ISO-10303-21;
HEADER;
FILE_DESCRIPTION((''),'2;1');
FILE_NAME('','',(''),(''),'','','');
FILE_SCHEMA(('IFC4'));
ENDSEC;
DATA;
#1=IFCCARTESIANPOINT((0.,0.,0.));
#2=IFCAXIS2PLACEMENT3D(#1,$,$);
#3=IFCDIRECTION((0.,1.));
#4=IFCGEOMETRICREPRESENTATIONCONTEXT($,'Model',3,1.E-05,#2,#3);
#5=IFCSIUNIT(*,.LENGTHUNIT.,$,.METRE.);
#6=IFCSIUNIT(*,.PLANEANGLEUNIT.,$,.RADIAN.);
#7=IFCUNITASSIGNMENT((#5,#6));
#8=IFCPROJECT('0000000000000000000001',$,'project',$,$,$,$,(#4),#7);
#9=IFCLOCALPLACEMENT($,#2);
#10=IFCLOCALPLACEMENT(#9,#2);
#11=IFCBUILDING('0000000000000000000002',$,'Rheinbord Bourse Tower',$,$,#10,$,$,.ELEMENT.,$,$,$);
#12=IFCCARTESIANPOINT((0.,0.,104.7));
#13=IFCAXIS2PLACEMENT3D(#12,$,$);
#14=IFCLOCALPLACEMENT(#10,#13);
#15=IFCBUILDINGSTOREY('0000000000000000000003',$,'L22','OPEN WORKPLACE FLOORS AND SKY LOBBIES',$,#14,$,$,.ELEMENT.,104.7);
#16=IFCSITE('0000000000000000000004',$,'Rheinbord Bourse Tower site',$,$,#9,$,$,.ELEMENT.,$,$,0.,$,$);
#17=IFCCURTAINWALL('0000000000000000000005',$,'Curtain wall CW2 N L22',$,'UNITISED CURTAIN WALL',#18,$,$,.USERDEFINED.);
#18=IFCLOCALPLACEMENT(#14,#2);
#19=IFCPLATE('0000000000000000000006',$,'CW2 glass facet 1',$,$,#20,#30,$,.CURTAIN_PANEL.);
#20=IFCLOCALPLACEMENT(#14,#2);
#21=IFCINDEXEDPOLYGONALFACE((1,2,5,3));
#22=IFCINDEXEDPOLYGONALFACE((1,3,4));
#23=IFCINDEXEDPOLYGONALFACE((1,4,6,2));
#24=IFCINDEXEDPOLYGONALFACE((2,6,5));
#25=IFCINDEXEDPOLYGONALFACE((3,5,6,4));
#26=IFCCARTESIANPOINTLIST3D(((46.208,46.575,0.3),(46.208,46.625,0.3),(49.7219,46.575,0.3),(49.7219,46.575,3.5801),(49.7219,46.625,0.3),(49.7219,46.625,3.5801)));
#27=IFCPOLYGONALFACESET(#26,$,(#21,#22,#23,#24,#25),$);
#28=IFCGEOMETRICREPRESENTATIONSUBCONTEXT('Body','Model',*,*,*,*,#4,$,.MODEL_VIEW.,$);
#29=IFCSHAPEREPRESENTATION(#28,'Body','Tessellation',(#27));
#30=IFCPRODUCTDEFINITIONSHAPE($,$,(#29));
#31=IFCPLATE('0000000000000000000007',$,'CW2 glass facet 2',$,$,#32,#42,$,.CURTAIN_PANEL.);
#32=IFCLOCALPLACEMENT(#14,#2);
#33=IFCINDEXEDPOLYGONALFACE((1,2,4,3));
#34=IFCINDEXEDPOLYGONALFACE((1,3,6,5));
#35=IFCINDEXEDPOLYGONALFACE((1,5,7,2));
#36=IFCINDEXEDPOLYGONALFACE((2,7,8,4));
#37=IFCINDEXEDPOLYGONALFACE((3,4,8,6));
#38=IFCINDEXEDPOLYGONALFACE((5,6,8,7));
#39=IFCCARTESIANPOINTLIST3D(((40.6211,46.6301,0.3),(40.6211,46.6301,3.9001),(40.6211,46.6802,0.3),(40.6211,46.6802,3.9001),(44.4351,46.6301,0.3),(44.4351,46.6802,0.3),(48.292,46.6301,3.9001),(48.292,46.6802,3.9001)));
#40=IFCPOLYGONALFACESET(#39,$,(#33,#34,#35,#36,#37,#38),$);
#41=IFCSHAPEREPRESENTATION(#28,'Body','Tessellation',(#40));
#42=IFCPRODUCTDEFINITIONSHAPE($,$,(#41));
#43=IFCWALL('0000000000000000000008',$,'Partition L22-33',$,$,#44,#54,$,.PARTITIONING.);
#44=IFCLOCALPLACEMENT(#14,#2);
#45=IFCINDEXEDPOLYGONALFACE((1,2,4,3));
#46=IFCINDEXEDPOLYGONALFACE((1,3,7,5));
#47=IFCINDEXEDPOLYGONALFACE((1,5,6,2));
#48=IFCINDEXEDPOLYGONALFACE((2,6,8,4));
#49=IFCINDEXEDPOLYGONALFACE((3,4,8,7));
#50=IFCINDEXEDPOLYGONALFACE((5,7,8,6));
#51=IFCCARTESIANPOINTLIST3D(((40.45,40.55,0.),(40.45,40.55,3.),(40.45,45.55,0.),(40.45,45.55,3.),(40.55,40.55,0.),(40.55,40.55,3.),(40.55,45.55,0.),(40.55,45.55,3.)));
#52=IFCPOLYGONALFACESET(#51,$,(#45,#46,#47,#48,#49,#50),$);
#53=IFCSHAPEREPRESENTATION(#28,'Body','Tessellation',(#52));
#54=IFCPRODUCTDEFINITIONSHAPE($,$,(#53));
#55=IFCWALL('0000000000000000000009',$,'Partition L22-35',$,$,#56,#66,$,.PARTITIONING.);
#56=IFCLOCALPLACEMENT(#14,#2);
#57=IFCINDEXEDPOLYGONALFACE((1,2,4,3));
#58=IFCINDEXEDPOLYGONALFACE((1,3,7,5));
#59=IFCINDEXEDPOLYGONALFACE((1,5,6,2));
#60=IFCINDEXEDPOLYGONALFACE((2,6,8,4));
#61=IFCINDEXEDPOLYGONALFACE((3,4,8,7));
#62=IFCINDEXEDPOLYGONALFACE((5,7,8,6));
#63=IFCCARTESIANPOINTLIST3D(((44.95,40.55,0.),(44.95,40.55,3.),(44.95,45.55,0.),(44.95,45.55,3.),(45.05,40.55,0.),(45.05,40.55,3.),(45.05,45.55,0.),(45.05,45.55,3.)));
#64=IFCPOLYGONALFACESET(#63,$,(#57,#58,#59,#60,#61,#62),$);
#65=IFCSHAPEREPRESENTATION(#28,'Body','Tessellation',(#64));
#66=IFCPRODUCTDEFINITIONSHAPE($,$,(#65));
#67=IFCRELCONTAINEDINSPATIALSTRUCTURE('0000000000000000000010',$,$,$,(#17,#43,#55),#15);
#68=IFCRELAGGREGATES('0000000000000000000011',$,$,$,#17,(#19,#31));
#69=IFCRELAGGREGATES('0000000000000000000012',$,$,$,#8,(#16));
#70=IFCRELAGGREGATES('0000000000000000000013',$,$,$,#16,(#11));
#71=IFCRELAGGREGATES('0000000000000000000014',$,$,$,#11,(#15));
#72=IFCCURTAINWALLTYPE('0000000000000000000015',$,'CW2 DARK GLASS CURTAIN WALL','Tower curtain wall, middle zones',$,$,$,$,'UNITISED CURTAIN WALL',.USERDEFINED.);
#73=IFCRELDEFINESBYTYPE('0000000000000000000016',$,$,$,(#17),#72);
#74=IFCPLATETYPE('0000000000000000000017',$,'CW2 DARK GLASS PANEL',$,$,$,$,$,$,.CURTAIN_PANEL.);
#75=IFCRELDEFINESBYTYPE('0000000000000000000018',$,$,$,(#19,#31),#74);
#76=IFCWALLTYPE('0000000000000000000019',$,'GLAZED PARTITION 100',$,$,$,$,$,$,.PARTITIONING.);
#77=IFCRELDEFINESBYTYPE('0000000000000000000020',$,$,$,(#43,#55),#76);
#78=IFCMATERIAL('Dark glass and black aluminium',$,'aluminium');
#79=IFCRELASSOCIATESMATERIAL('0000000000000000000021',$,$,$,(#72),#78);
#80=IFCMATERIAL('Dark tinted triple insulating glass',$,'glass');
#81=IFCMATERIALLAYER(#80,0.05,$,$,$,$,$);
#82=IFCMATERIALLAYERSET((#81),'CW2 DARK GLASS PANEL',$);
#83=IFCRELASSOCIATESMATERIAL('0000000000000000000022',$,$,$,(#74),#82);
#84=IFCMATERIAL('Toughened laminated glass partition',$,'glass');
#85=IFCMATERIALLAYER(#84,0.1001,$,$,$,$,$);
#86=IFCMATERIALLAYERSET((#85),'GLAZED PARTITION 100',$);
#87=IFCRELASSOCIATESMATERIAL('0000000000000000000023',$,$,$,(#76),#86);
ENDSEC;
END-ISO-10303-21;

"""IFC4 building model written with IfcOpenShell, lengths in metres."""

from ifc_helpers import new_model, si_unit, direction, frame, frame_2d, origin, place, context, subcontext, project, spatial, polyline, rectangle, outline, extrude, material, layer, layer_set, type_object, element, aggregate, save


model = new_model("IFC4")

# Units and contexts
model_context = context("Model", 3, precision=1e-05, world=origin(), true_north=direction((0.0, 1.0)))
body_context = subcontext(model_context, "Body", "Model", "MODEL_VIEW")
ifc_project = project(units=[si_unit("LENGTHUNIT", "METRE"), si_unit("PLANEANGLEUNIT", "RADIAN")], contexts=[model_context])

# Site, building, storey
site_placement = place(None, origin())
site = spatial("IfcSite", under=ifc_project, at=site_placement, Name="Rheinbord Bourse Tower site", CompositionType="ELEMENT", RefElevation=0.0)
building_placement = place(site_placement, origin())
building = spatial("IfcBuilding", under=site, at=building_placement, Name="Rheinbord Bourse Tower", CompositionType="ELEMENT")
storey_placement = place(building_placement, frame((0.0, 0.0, 104.7)))
storey = spatial("IfcBuildingStorey", under=building, at=storey_placement, Name="L22", Description="OPEN WORKPLACE FLOORS AND SKY LOBBIES", CompositionType="ELEMENT", Elevation=104.7)

# Curtain wall
ifc_material_1 = material(Name="Dark glass and black aluminium", Category="aluminium")
curtain_wall_type = type_object("IfcCurtainWallType", Name="CW2 DARK GLASS CURTAIN WALL", Description="Tower curtain wall, middle zones", ElementType="UNITISED CURTAIN WALL", PredefinedType="USERDEFINED", material=ifc_material_1)
curtain_wall_placement = place(storey_placement, origin())
curtain_wall = element("IfcCurtainWall", 1, at=curtain_wall_placement, inside=storey, type_object=curtain_wall_type, Name="Curtain wall CW2 N L22", ObjectType="UNITISED CURTAIN WALL", PredefinedType="USERDEFINED")

# Plates
ifc_material_2 = material(Name="Dark tinted triple insulating glass", Category="glass")
ifc_layer_1 = layer(ifc_material_2, 0.05)
ifc_layer_set_1 = layer_set([ifc_layer_1], Name="CW2 DARK GLASS PANEL")
plate_type = type_object("IfcPlateType", Name="CW2 DARK GLASS PANEL", PredefinedType="CURTAIN_PANEL", material=ifc_layer_set_1)
plate_1_placement = place(storey_placement, frame((49.7219, 46.625, 0.3), z_axis=(0.0, -1.0, 0.0), x_axis=(0.0, 0.0, 1.0)))
plate_1 = element("IfcPlate", 2, at=plate_1_placement, type_object=plate_type, Name="CW2 glass facet 1", PredefinedType="CURTAIN_PANEL", context=body_context, shape_type="SweptSolid", body=[
    extrude(outline(polyline([(0.0, 0.0), (3.28, 0.0), (0.0, 3.5139), (0.0, 0.0)])), origin(), (0.0, 0.0, 1.0), 0.05),
])
plate_2_placement = place(storey_placement, frame((40.6211, 46.6802, 3.9001), z_axis=(0.0, -1.0, 0.0), x_axis=(0.0, 0.0, -1.0)))
plate_2 = element("IfcPlate", 3, at=plate_2_placement, type_object=plate_type, Name="CW2 glass facet 2", PredefinedType="CURTAIN_PANEL", context=body_context, shape_type="SweptSolid", body=[
    extrude(outline(polyline([(0.0, 0.0), (3.6001, 0.0), (3.6001, 3.814), (0.0, 7.6709), (0.0, 0.0)])), origin(), (0.0, 0.0, 1.0), 0.05),
])
aggregate(curtain_wall, [plate_1, plate_2])

# Walls
ifc_material_3 = material(Name="Toughened laminated glass partition", Category="glass")
ifc_layer_2 = layer(ifc_material_3, 0.1001)
ifc_layer_set_2 = layer_set([ifc_layer_2], Name="GLAZED PARTITION 100")
wall_type = type_object("IfcWallType", Name="GLAZED PARTITION 100", PredefinedType="PARTITIONING", material=ifc_layer_set_2)
for number, where, z_axis, x_axis, name in (
    (4, (40.5, 40.55, 0.0), (0.0, 0.0, 1.0), (0.0, 1.0, 0.0), "Partition L22-33"),
    (5, (45.0, 40.55, 0.0), (0.0, 0.0, 1.0), (0.0, 1.0, 0.0), "Partition L22-35"),
):
    element("IfcWall", number, at=place(storey_placement, frame(where, z_axis=z_axis, x_axis=x_axis)), inside=storey, type_object=wall_type, Name=name, PredefinedType="PARTITIONING", context=body_context, shape_type="SweptSolid", body=[
        extrude(rectangle(XDim=5.0, YDim=0.1001, at=frame_2d((2.5, 0.0))), origin(), (0.0, 0.0, 1.0), 3.0),
    ])

save(model, "model.ifc")
